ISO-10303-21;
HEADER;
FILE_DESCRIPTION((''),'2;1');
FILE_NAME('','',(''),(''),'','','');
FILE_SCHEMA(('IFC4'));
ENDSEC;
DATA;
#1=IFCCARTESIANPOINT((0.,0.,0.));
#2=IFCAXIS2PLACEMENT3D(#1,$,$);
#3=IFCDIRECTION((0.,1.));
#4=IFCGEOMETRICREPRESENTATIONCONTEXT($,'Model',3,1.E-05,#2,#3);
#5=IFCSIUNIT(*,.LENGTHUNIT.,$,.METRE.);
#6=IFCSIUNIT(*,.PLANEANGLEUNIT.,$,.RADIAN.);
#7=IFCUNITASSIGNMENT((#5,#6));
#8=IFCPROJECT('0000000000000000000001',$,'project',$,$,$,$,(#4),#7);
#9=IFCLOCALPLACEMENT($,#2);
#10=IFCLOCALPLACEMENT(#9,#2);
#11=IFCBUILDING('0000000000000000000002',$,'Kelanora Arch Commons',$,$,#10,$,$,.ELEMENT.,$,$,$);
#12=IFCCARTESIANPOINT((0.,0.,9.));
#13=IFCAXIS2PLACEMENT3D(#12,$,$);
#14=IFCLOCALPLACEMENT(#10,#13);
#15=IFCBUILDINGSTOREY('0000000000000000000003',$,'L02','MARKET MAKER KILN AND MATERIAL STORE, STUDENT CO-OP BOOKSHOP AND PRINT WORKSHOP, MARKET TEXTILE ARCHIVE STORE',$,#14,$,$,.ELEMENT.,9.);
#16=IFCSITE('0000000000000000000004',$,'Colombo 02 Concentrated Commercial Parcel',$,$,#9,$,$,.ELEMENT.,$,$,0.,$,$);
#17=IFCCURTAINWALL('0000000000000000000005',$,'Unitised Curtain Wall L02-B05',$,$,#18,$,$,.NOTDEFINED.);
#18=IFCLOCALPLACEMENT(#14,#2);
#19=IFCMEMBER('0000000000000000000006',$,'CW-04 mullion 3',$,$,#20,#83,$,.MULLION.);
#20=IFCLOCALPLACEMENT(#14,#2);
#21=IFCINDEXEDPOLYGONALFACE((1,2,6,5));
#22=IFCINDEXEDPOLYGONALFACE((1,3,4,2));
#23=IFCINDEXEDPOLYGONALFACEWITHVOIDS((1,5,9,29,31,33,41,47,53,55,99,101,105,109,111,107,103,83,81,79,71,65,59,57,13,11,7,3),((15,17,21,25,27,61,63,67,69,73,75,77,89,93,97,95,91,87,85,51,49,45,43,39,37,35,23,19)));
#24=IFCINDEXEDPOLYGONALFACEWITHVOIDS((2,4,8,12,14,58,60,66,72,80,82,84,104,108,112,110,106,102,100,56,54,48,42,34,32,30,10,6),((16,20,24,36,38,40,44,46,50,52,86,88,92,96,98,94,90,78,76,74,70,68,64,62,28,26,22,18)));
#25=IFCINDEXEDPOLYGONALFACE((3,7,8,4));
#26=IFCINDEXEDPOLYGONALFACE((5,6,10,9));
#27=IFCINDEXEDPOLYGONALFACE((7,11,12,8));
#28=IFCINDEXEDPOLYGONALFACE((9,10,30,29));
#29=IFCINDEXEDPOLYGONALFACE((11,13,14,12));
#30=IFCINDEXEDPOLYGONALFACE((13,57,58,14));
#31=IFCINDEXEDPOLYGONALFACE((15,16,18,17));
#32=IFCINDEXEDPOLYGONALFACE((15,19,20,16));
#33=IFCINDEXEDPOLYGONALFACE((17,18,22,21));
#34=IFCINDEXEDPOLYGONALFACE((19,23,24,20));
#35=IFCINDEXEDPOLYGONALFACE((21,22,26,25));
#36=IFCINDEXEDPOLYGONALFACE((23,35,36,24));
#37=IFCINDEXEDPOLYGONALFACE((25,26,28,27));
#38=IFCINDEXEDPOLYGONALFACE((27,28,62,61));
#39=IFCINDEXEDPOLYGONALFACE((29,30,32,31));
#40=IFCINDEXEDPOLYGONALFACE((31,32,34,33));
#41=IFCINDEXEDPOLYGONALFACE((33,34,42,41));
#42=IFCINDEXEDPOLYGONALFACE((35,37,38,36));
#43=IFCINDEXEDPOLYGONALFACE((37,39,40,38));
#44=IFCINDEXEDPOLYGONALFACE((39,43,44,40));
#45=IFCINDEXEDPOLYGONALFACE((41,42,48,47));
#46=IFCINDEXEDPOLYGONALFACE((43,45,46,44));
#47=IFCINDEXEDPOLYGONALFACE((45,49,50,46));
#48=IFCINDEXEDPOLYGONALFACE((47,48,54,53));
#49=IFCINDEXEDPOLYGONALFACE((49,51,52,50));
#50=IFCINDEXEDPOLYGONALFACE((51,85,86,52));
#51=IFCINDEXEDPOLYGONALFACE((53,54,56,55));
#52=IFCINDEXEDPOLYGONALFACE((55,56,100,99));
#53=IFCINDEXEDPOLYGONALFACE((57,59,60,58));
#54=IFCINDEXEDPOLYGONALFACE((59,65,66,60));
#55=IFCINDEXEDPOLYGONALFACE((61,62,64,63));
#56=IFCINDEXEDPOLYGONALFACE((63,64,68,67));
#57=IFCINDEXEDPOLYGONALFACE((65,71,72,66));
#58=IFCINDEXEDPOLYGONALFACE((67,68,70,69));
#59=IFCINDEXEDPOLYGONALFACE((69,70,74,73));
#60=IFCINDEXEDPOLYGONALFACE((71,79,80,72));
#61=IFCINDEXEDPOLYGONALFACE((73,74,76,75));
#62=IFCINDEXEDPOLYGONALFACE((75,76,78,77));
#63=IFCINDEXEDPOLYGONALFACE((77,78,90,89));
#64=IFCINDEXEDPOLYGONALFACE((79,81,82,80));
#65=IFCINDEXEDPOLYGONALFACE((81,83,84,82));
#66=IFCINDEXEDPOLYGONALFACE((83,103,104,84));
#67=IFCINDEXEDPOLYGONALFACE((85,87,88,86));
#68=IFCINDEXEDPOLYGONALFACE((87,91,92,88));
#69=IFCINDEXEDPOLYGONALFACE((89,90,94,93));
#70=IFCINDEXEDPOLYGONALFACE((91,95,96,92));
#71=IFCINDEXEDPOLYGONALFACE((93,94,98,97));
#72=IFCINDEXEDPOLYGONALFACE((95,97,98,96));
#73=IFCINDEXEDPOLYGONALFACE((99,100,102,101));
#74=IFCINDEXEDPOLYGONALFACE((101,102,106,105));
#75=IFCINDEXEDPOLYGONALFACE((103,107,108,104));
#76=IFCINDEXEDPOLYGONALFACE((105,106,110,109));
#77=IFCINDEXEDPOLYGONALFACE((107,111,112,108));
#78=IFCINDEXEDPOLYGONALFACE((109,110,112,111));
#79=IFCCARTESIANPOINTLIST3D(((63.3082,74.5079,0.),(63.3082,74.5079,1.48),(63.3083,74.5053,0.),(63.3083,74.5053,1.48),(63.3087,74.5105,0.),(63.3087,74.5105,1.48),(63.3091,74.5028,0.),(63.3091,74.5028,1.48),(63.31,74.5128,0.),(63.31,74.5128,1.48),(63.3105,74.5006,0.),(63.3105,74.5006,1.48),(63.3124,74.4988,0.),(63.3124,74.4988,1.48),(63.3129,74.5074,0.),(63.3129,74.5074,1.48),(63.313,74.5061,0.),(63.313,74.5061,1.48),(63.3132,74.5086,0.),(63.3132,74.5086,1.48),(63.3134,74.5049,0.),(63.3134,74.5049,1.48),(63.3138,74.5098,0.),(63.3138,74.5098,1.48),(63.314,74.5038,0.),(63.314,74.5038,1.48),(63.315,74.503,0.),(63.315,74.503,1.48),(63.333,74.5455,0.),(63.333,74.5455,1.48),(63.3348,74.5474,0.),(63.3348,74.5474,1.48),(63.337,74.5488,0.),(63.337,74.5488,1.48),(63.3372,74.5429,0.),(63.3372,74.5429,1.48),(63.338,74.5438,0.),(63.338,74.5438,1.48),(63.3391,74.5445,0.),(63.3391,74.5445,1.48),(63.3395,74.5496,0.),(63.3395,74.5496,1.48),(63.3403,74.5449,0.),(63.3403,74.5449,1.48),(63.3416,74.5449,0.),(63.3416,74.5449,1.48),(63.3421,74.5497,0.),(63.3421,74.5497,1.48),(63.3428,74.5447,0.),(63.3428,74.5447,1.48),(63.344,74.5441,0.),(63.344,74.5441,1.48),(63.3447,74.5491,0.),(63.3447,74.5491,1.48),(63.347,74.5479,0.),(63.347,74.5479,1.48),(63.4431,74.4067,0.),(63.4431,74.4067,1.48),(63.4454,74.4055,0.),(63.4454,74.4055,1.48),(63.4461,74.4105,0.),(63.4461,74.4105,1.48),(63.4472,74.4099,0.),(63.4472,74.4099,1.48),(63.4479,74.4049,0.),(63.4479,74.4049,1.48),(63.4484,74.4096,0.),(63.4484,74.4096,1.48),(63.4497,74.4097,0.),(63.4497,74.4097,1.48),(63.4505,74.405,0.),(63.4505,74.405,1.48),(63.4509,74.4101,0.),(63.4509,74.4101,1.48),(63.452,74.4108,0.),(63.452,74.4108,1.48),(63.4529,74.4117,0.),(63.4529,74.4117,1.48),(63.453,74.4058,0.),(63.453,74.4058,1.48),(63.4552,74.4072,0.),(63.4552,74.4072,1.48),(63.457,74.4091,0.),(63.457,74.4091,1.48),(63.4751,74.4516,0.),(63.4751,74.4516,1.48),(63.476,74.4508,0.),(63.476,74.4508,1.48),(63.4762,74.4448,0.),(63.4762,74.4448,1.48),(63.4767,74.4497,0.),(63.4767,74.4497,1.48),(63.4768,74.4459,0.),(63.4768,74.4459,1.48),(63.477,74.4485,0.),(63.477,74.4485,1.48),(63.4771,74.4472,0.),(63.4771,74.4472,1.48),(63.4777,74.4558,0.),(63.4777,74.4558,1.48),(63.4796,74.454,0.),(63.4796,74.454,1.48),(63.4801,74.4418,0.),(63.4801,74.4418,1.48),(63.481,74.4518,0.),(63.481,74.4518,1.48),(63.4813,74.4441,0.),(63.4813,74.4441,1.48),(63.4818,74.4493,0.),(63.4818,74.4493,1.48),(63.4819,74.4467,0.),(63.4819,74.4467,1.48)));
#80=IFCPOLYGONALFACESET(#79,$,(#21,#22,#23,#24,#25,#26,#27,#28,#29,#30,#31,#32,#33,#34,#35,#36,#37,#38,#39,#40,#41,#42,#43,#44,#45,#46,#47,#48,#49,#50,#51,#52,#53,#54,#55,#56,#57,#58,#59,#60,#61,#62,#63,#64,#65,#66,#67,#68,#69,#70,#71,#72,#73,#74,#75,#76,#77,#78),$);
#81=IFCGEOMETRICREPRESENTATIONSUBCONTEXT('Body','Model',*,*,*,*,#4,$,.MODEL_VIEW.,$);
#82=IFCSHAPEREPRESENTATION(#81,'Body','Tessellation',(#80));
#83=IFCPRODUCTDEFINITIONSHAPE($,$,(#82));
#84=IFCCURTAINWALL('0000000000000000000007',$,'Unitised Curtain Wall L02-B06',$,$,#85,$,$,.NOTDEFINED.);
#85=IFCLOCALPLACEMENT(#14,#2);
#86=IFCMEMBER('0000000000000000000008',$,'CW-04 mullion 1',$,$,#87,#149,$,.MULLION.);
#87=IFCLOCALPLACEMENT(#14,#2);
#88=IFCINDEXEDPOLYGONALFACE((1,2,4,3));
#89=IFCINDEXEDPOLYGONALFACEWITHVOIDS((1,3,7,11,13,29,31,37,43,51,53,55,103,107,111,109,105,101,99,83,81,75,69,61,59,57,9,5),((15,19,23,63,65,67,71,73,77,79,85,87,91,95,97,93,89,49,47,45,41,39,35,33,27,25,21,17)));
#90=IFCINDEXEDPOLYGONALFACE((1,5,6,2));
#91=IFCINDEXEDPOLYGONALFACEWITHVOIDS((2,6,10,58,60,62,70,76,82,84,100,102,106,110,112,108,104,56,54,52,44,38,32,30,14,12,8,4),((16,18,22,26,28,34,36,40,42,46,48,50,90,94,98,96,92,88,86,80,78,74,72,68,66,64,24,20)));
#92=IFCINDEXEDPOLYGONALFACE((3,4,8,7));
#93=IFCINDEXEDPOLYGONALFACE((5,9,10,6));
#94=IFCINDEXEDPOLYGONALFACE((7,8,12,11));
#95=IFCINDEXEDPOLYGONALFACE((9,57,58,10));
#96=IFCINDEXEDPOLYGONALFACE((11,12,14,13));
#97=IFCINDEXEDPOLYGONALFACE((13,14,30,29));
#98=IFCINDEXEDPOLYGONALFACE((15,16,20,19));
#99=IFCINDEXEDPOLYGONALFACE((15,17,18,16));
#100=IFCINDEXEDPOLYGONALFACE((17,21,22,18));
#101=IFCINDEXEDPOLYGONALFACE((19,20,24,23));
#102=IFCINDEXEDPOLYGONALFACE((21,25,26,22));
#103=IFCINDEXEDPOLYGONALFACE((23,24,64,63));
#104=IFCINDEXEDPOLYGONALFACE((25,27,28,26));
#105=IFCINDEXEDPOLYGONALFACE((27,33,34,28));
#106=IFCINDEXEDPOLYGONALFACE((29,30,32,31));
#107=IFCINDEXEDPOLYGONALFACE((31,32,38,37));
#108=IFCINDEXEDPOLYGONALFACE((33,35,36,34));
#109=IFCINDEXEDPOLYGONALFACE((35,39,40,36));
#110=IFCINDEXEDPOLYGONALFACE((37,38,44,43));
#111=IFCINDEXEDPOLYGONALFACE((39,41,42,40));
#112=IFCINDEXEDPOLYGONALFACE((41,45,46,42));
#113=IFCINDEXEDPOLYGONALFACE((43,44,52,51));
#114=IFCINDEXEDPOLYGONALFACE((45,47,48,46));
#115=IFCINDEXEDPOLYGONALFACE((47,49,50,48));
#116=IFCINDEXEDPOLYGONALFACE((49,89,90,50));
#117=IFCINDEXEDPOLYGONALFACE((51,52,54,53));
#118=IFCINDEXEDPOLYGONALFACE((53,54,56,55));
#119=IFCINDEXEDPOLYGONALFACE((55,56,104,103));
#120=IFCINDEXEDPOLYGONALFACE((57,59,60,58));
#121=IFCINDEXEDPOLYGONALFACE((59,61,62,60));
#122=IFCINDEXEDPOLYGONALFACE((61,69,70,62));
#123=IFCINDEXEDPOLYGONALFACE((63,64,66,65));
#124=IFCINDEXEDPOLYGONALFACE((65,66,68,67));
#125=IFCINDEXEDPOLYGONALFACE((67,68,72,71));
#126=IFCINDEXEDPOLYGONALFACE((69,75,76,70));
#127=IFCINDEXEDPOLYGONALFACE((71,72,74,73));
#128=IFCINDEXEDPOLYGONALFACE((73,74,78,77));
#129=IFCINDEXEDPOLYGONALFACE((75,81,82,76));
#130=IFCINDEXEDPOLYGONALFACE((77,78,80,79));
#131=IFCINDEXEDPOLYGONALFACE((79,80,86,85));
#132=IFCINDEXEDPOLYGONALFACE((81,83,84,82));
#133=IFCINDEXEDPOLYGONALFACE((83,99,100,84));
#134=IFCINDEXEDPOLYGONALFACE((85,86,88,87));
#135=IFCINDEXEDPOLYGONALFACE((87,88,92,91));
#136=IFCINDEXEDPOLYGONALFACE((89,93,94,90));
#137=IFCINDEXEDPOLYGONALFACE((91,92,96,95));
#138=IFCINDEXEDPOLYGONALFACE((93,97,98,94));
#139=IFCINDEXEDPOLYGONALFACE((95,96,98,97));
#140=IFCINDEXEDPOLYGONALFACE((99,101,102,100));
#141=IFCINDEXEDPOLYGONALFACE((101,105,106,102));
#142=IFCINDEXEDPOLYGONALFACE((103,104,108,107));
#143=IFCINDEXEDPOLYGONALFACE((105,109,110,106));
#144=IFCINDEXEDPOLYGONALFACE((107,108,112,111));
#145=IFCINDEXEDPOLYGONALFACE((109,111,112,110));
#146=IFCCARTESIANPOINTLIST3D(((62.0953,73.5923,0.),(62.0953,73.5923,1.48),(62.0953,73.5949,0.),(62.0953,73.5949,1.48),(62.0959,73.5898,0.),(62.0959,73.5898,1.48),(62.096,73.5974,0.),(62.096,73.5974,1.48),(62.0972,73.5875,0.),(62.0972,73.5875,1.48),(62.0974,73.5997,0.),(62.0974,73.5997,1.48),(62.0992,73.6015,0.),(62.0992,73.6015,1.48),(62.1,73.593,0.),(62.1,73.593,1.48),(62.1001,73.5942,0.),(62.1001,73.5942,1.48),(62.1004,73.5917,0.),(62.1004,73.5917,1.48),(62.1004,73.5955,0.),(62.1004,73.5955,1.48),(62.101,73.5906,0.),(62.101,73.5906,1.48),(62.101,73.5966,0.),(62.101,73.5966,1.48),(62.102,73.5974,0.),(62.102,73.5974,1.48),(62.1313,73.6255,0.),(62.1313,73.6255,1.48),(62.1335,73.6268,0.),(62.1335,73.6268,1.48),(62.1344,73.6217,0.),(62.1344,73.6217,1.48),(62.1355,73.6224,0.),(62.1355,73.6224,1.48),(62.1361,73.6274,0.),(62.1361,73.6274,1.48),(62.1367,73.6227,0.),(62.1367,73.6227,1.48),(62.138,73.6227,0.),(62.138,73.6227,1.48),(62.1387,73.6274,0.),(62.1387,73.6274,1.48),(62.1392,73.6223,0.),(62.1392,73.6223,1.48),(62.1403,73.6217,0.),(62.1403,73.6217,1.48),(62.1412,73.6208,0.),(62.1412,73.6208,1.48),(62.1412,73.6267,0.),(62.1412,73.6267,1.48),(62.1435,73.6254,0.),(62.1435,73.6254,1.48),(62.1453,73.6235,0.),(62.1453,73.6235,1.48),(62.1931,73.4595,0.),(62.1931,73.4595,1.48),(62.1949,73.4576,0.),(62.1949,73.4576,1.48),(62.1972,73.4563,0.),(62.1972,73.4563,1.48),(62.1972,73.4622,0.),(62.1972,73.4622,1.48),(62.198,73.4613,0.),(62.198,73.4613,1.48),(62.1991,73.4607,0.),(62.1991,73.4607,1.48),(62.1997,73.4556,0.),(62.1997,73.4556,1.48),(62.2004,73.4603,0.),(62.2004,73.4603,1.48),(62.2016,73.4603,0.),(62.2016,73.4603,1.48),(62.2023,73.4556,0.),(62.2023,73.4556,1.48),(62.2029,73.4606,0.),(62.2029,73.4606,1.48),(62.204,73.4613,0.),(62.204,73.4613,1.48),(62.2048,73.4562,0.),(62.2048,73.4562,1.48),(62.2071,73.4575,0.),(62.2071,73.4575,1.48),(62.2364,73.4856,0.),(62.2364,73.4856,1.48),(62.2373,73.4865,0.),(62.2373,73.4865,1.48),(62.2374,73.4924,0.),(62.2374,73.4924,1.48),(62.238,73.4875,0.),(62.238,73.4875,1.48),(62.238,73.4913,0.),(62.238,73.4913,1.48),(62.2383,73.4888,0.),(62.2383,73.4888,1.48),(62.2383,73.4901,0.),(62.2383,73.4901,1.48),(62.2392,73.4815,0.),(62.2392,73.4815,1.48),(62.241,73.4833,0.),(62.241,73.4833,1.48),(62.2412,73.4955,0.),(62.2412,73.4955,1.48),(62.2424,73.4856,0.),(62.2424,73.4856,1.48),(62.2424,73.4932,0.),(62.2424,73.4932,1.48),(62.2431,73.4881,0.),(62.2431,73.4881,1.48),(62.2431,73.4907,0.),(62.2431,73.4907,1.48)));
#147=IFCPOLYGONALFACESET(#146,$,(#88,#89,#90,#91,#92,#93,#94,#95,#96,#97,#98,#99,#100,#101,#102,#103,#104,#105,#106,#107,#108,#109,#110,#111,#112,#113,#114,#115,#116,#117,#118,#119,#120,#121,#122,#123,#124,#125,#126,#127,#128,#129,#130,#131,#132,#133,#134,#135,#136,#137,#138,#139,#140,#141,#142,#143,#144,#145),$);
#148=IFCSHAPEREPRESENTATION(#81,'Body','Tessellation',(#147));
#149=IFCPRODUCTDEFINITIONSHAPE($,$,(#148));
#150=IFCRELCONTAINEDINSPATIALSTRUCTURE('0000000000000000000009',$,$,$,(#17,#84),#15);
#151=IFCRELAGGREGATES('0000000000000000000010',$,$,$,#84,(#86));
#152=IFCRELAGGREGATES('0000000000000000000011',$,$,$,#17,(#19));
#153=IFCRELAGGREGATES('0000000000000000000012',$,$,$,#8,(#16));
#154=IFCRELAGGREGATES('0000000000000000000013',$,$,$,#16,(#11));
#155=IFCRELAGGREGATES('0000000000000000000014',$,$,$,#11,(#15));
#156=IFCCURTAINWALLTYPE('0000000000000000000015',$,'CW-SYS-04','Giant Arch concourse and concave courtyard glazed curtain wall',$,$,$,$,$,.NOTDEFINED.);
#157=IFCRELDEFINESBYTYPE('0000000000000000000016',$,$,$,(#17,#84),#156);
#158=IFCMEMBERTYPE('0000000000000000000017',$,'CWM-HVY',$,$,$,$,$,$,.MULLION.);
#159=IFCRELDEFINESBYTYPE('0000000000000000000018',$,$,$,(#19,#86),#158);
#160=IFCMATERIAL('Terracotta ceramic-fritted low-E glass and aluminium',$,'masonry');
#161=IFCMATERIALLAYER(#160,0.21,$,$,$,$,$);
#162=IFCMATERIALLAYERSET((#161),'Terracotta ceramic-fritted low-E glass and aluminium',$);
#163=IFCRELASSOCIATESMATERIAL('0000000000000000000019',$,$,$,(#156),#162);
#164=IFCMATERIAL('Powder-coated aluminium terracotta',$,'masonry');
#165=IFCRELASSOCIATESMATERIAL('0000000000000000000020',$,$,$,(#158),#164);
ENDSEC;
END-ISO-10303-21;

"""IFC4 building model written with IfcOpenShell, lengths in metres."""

from ifc_helpers import new_model, si_unit, direction, frame, origin, origin_2d, place, context, subcontext, project, spatial, hollow_rectangle, extrude, material, layer, layer_set, material_profile, profile_set, type_object, element, aggregate, save


model = new_model("IFC4")

# Units and contexts
model_context = context("Model", 3, precision=1e-05, world=origin(), true_north=direction((0.0, 1.0)))
body_context = subcontext(model_context, "Body", "Model", "MODEL_VIEW")
ifc_project = project(units=[si_unit("LENGTHUNIT", "METRE"), si_unit("PLANEANGLEUNIT", "RADIAN")], contexts=[model_context])

# Site, building, storey
site_placement = place(None, origin())
site = spatial("IfcSite", under=ifc_project, at=site_placement, Name="Colombo 02 Concentrated Commercial Parcel", CompositionType="ELEMENT", RefElevation=0.0)
building_placement = place(site_placement, origin())
building = spatial("IfcBuilding", under=site, at=building_placement, Name="Kelanora Arch Commons", CompositionType="ELEMENT")
storey_placement = place(building_placement, frame((0.0, 0.0, 9.0)))
storey = spatial("IfcBuildingStorey", under=building, at=storey_placement, Name="L02", Description="MARKET MAKER KILN AND MATERIAL STORE, STUDENT CO-OP BOOKSHOP AND PRINT WORKSHOP, MARKET TEXTILE ARCHIVE STORE", CompositionType="ELEMENT", Elevation=9.0)

# Curtain wall, member
ifc_material_1 = material(Name="Terracotta ceramic-fritted low-E glass and aluminium", Category="masonry")
ifc_layer_1 = layer(ifc_material_1, 0.21)
ifc_layer_set_1 = layer_set([ifc_layer_1], Name="Terracotta ceramic-fritted low-E glass and aluminium")
curtain_wall_type = type_object("IfcCurtainWallType", Name="CW-SYS-04", Description="Giant Arch concourse and concave courtyard glazed curtain wall", PredefinedType="NOTDEFINED", material=ifc_layer_set_1)
curtain_wall_1_placement = place(storey_placement, origin())
curtain_wall_1 = element("IfcCurtainWall", 1, at=curtain_wall_1_placement, inside=storey, type_object=curtain_wall_type, Name="Unitised Curtain Wall L02-B05", PredefinedType="NOTDEFINED")
ifc_material_2 = material(Name="Powder-coated aluminium terracotta", Category="masonry")
ifc_material_profile_1 = material_profile(ifc_material_2, hollow_rectangle(XDim=0.1799, YDim=0.0601, WallThickness=0.0049, InnerFilletRadius=0.0049, OuterFilletRadius=0.01, at=origin_2d()), Name="CWM180x60")
ifc_profile_set_1 = profile_set([ifc_material_profile_1], Name="Powder-coated aluminium terracotta")
member_type_1 = type_object("IfcMemberType", Name="CWM-HVY", PredefinedType="MULLION", material=ifc_profile_set_1)
member_1_placement = place(storey_placement, frame((63.395, 74.4773, 0.0), z_axis=(0.0, 0.0, 1.0), x_axis=(0.817206, -0.576345, 0.0)))
member_1 = element("IfcMember", 2, at=member_1_placement, type_object=member_type_1, Name="CW-04 mullion 3", PredefinedType="MULLION", context=body_context, shape_type="SweptSolid", body=[
    extrude(hollow_rectangle(XDim=0.1799, YDim=0.0601, WallThickness=0.0049, InnerFilletRadius=0.0049, OuterFilletRadius=0.01, at=origin_2d()), origin(), (0.0, 0.0, 1.0), 1.48),
])

# Curtain wall, member
curtain_wall_2_placement = place(storey_placement, origin())
curtain_wall_2 = element("IfcCurtainWall", 3, at=curtain_wall_2_placement, inside=storey, type_object=curtain_wall_type, Name="Unitised Curtain Wall L02-B06", PredefinedType="NOTDEFINED")
member_2_placement = place(storey_placement, frame((62.1692, 73.5415, 0.0), z_axis=(0.0, 0.0, 1.0), x_axis=(0.599588, -0.800309, 0.0)))
member_2 = element("IfcMember", 4, at=member_2_placement, type_object=member_type_1, Name="CW-04 mullion 1", PredefinedType="MULLION", context=body_context, shape_type="SweptSolid", body=[
    extrude(hollow_rectangle(XDim=0.1799, YDim=0.0601, WallThickness=0.0049, InnerFilletRadius=0.0049, OuterFilletRadius=0.01, at=origin_2d()), origin(), (0.0, 0.0, 1.0), 1.48),
])

aggregate(curtain_wall_2, [member_2])

aggregate(curtain_wall_1, [member_1])

save(model, "model.ifc")
